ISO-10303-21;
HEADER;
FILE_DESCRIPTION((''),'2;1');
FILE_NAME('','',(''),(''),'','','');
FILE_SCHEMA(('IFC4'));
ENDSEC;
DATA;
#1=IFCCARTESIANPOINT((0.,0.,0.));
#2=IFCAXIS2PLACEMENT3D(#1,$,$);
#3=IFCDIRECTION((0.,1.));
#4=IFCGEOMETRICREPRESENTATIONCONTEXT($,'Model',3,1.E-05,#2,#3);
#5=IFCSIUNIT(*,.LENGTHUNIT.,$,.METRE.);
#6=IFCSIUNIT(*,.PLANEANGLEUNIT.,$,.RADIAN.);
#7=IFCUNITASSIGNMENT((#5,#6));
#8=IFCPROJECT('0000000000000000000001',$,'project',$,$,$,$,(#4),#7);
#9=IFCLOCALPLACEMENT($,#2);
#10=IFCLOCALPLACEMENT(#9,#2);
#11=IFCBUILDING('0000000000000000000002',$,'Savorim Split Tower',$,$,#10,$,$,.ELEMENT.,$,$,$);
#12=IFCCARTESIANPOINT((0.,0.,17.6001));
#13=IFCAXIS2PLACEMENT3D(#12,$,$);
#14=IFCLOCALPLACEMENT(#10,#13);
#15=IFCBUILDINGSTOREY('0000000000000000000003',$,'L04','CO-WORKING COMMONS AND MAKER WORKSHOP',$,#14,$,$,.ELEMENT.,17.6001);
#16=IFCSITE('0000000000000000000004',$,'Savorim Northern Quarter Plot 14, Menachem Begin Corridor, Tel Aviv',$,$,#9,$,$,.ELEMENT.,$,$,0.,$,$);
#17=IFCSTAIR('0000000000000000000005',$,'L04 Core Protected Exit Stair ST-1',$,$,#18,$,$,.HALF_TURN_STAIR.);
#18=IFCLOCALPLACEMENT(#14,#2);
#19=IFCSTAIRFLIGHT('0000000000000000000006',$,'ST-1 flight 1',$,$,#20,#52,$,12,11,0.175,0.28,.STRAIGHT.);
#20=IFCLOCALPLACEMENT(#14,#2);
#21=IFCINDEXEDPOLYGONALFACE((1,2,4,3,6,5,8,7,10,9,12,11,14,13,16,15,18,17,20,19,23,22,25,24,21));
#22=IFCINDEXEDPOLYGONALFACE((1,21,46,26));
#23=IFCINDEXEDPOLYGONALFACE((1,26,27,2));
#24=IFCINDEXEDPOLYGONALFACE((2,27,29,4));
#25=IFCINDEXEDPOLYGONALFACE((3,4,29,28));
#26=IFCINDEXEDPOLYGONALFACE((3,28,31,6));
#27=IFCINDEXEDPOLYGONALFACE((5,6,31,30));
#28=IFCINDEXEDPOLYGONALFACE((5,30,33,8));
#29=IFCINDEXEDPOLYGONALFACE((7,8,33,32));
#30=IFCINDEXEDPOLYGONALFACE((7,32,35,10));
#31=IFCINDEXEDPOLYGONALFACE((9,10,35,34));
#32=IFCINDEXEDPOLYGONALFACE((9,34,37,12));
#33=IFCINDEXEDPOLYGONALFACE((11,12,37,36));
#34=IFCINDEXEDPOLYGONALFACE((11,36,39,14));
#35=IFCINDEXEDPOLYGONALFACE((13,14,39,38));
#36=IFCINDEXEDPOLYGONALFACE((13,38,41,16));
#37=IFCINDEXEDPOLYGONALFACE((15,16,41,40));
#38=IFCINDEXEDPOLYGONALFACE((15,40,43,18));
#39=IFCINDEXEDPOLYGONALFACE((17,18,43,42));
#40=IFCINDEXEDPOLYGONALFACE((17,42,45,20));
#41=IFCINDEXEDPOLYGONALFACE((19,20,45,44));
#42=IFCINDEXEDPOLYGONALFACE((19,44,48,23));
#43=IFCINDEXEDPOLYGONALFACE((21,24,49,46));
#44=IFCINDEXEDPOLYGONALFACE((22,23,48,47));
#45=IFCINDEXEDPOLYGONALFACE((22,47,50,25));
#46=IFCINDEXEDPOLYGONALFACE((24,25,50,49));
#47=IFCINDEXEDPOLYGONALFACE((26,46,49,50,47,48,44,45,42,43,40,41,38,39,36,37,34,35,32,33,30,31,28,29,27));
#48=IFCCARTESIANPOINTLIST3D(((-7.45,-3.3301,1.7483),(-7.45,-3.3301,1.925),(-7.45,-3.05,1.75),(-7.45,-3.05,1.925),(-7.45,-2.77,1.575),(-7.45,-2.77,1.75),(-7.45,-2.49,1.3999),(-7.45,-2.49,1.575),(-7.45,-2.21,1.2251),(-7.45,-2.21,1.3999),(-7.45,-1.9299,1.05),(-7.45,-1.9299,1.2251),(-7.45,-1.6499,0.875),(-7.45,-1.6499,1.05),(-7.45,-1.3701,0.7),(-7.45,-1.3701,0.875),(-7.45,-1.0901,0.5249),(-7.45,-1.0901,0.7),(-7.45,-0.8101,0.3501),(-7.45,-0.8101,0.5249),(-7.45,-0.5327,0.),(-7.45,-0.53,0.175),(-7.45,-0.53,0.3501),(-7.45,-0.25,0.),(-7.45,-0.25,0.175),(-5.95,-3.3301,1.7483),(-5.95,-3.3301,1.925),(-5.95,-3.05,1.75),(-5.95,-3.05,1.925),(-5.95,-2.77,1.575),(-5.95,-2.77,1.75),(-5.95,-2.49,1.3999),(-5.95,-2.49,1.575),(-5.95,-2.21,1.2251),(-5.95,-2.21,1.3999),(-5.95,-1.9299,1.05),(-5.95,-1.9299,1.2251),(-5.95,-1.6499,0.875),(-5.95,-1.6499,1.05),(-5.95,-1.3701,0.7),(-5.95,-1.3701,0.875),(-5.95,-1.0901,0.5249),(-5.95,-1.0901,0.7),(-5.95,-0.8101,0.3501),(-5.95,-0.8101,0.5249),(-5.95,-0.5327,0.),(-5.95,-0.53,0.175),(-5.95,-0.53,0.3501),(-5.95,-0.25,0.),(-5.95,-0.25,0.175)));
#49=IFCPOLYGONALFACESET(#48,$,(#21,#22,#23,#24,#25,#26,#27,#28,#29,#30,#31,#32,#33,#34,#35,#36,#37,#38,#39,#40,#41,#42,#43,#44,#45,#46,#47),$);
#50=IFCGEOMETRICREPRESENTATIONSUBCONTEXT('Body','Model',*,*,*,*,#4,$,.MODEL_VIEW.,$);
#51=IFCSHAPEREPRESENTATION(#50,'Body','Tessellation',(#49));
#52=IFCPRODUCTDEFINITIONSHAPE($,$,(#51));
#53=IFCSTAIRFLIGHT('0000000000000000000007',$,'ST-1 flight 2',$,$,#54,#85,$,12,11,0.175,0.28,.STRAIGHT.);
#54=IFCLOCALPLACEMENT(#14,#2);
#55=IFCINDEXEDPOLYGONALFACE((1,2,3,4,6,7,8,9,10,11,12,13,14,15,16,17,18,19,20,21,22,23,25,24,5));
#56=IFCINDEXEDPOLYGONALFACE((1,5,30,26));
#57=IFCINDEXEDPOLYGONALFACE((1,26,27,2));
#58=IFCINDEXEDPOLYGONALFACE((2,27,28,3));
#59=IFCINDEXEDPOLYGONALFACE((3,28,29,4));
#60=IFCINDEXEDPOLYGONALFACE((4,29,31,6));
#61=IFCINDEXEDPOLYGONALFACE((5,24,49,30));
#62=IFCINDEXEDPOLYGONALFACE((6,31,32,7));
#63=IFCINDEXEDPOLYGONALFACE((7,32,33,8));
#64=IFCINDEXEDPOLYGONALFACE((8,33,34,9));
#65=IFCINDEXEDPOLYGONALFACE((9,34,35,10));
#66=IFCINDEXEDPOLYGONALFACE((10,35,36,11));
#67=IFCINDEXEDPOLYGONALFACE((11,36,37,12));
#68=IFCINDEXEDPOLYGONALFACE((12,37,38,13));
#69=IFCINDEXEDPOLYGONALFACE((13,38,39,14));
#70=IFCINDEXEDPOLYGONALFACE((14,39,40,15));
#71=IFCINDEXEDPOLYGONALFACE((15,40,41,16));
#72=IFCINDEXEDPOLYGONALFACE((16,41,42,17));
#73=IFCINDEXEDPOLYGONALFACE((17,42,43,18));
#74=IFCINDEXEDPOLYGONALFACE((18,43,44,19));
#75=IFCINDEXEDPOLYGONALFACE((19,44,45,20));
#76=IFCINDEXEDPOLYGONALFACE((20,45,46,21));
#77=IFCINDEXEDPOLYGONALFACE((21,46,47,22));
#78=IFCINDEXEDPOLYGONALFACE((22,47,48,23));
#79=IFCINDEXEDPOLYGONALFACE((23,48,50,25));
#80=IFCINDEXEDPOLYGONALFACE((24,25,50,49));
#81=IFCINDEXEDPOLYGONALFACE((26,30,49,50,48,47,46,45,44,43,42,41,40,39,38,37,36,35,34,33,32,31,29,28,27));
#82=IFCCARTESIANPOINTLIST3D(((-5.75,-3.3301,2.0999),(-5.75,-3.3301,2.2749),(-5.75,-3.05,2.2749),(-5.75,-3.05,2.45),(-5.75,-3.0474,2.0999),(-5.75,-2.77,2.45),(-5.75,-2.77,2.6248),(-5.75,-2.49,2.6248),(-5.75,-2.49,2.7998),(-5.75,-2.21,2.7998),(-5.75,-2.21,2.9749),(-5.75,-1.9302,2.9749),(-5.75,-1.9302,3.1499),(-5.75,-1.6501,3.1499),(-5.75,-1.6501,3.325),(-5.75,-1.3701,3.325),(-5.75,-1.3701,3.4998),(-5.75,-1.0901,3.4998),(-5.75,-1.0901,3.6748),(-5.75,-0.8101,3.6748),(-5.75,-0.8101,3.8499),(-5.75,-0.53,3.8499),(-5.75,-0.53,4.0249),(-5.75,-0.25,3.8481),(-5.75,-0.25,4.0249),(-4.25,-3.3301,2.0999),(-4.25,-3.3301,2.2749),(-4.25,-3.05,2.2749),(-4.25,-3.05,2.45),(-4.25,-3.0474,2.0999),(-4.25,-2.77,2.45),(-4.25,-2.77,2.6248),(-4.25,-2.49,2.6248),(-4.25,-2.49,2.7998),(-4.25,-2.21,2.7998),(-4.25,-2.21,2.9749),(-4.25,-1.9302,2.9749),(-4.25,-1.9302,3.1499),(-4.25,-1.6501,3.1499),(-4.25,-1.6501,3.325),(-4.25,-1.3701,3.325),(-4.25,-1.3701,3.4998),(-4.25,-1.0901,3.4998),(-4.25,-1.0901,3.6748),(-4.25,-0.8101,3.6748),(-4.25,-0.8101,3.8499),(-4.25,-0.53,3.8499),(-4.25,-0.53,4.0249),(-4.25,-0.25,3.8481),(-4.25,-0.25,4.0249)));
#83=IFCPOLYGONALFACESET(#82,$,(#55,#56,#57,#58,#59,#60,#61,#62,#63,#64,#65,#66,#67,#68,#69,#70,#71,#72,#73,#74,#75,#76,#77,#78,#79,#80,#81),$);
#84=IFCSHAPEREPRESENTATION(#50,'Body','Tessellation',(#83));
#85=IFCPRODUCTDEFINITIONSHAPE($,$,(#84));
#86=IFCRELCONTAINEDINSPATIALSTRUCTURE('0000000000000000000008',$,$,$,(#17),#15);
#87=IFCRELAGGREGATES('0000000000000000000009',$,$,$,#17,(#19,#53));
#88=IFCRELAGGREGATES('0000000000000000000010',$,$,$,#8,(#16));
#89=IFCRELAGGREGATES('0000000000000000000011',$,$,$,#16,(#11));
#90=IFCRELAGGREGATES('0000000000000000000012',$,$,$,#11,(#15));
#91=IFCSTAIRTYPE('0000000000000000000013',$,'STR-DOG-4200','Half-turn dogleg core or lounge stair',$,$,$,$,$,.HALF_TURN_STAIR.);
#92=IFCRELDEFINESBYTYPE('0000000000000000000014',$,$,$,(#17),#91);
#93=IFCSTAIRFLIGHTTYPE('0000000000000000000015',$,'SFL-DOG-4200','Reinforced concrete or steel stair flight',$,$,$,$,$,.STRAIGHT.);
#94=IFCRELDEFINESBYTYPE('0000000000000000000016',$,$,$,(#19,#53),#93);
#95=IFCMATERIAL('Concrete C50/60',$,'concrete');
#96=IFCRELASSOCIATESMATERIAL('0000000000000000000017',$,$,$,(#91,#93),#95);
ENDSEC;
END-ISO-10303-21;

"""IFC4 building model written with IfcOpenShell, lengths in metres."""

from ifc_helpers import new_model, si_unit, direction, frame, origin, place, context, subcontext, project, spatial, polyline, outline, extrude, material, type_object, element, aggregate, save


model = new_model("IFC4")

# Units and contexts
model_context = context("Model", 3, precision=1e-05, world=origin(), true_north=direction((0.0, 1.0)))
body_context = subcontext(model_context, "Body", "Model", "MODEL_VIEW")
ifc_project = project(units=[si_unit("LENGTHUNIT", "METRE"), si_unit("PLANEANGLEUNIT", "RADIAN")], contexts=[model_context])

# Site, building, storey
site_placement = place(None, origin())
site = spatial("IfcSite", under=ifc_project, at=site_placement, Name="Savorim Northern Quarter Plot 14, Menachem Begin Corridor, Tel Aviv", CompositionType="ELEMENT", RefElevation=0.0)
building_placement = place(site_placement, origin())
building = spatial("IfcBuilding", under=site, at=building_placement, Name="Savorim Split Tower", CompositionType="ELEMENT")
storey_placement = place(building_placement, frame((0.0, 0.0, 17.6001)))
storey = spatial("IfcBuildingStorey", under=building, at=storey_placement, Name="L04", Description="CO-WORKING COMMONS AND MAKER WORKSHOP", CompositionType="ELEMENT", Elevation=17.6001)

# Shared definitions
ifc_material_1 = material(Name="Concrete C50/60", Category="concrete")

# Stair, stair flights
stair_type = type_object("IfcStairType", Name="STR-DOG-4200", Description="Half-turn dogleg core or lounge stair", PredefinedType="HALF_TURN_STAIR", material=ifc_material_1)
stair_placement = place(storey_placement, origin())
stair = element("IfcStair", 1, at=stair_placement, inside=storey, type_object=stair_type, Name="L04 Core Protected Exit Stair ST-1", PredefinedType="HALF_TURN_STAIR")
stair_flight_type = type_object("IfcStairFlightType", Name="SFL-DOG-4200", Description="Reinforced concrete or steel stair flight", PredefinedType="STRAIGHT", material=ifc_material_1)
stair_flight_1_placement = place(storey_placement, frame((-6.7, -0.25, 0.0), z_axis=(0.0, 0.0, 1.0), x_axis=(0.0, -1.0, 0.0)))
stair_flight_1 = element("IfcStairFlight", 2, at=stair_flight_1_placement, type_object=stair_flight_type, Name="ST-1 flight 1", NumberOfRisers=12, NumberOfTreads=11, PredefinedType="STRAIGHT", RiserHeight=0.175, TreadLength=0.28, context=body_context, shape_type="SweptSolid", body=[
    extrude(outline(polyline([(0.0, 0.0), (0.0, 0.175), (0.28, 0.175), (0.28, 0.3501), (0.5601, 0.3501), (0.5601, 0.5249), (0.8401, 0.5249), (0.8401, 0.7), (1.1201, 0.7), (1.1201, 0.875), (1.3999, 0.875), (1.3999, 1.05), (1.6799, 1.05), (1.6799, 1.2251), (1.96, 1.2251), (1.96, 1.3999), (2.24, 1.3999), (2.24, 1.575), (2.52, 1.575), (2.52, 1.75), (2.8, 1.75), (2.8, 1.925), (3.0801, 1.925), (3.0801, 2.1001), (3.0801, 1.7483), (0.2827, 0.0), (0.0, 0.0)])), frame((0.0, 0.75, 0.0), z_axis=(0.0, -1.0, 0.0), x_axis=(1.0, 0.0, 0.0)), (0.0, 0.0, 1.0), 1.5),
])
stair_flight_2_placement = place(storey_placement, frame((-5.0, -3.3301, 2.0999), z_axis=(0.0, 0.0, 1.0), x_axis=(0.0, 1.0, 0.0)))
stair_flight_2 = element("IfcStairFlight", 3, at=stair_flight_2_placement, type_object=stair_flight_type, Name="ST-1 flight 2", NumberOfRisers=12, NumberOfTreads=11, PredefinedType="STRAIGHT", RiserHeight=0.175, TreadLength=0.28, context=body_context, shape_type="SweptSolid", body=[
    extrude(outline(polyline([(0.0, 0.0), (0.0, 0.175), (0.28, 0.175), (0.28, 0.3501), (0.5601, 0.3501), (0.5601, 0.5249), (0.8401, 0.5249), (0.8401, 0.7), (1.1201, 0.7), (1.1201, 0.875), (1.3999, 0.875), (1.3999, 1.05), (1.6799, 1.05), (1.6799, 1.2251), (1.96, 1.2251), (1.96, 1.3999), (2.24, 1.3999), (2.24, 1.575), (2.52, 1.575), (2.52, 1.75), (2.8, 1.75), (2.8, 1.925), (3.0801, 1.925), (3.0801, 2.1001), (3.0801, 1.7483), (0.2827, 0.0), (0.0, 0.0)])), frame((0.0, 0.75, 0.0), z_axis=(0.0, -1.0, 0.0), x_axis=(1.0, 0.0, 0.0)), (0.0, 0.0, 1.0), 1.5),
])
aggregate(stair, [stair_flight_1, stair_flight_2])

save(model, "model.ifc")
